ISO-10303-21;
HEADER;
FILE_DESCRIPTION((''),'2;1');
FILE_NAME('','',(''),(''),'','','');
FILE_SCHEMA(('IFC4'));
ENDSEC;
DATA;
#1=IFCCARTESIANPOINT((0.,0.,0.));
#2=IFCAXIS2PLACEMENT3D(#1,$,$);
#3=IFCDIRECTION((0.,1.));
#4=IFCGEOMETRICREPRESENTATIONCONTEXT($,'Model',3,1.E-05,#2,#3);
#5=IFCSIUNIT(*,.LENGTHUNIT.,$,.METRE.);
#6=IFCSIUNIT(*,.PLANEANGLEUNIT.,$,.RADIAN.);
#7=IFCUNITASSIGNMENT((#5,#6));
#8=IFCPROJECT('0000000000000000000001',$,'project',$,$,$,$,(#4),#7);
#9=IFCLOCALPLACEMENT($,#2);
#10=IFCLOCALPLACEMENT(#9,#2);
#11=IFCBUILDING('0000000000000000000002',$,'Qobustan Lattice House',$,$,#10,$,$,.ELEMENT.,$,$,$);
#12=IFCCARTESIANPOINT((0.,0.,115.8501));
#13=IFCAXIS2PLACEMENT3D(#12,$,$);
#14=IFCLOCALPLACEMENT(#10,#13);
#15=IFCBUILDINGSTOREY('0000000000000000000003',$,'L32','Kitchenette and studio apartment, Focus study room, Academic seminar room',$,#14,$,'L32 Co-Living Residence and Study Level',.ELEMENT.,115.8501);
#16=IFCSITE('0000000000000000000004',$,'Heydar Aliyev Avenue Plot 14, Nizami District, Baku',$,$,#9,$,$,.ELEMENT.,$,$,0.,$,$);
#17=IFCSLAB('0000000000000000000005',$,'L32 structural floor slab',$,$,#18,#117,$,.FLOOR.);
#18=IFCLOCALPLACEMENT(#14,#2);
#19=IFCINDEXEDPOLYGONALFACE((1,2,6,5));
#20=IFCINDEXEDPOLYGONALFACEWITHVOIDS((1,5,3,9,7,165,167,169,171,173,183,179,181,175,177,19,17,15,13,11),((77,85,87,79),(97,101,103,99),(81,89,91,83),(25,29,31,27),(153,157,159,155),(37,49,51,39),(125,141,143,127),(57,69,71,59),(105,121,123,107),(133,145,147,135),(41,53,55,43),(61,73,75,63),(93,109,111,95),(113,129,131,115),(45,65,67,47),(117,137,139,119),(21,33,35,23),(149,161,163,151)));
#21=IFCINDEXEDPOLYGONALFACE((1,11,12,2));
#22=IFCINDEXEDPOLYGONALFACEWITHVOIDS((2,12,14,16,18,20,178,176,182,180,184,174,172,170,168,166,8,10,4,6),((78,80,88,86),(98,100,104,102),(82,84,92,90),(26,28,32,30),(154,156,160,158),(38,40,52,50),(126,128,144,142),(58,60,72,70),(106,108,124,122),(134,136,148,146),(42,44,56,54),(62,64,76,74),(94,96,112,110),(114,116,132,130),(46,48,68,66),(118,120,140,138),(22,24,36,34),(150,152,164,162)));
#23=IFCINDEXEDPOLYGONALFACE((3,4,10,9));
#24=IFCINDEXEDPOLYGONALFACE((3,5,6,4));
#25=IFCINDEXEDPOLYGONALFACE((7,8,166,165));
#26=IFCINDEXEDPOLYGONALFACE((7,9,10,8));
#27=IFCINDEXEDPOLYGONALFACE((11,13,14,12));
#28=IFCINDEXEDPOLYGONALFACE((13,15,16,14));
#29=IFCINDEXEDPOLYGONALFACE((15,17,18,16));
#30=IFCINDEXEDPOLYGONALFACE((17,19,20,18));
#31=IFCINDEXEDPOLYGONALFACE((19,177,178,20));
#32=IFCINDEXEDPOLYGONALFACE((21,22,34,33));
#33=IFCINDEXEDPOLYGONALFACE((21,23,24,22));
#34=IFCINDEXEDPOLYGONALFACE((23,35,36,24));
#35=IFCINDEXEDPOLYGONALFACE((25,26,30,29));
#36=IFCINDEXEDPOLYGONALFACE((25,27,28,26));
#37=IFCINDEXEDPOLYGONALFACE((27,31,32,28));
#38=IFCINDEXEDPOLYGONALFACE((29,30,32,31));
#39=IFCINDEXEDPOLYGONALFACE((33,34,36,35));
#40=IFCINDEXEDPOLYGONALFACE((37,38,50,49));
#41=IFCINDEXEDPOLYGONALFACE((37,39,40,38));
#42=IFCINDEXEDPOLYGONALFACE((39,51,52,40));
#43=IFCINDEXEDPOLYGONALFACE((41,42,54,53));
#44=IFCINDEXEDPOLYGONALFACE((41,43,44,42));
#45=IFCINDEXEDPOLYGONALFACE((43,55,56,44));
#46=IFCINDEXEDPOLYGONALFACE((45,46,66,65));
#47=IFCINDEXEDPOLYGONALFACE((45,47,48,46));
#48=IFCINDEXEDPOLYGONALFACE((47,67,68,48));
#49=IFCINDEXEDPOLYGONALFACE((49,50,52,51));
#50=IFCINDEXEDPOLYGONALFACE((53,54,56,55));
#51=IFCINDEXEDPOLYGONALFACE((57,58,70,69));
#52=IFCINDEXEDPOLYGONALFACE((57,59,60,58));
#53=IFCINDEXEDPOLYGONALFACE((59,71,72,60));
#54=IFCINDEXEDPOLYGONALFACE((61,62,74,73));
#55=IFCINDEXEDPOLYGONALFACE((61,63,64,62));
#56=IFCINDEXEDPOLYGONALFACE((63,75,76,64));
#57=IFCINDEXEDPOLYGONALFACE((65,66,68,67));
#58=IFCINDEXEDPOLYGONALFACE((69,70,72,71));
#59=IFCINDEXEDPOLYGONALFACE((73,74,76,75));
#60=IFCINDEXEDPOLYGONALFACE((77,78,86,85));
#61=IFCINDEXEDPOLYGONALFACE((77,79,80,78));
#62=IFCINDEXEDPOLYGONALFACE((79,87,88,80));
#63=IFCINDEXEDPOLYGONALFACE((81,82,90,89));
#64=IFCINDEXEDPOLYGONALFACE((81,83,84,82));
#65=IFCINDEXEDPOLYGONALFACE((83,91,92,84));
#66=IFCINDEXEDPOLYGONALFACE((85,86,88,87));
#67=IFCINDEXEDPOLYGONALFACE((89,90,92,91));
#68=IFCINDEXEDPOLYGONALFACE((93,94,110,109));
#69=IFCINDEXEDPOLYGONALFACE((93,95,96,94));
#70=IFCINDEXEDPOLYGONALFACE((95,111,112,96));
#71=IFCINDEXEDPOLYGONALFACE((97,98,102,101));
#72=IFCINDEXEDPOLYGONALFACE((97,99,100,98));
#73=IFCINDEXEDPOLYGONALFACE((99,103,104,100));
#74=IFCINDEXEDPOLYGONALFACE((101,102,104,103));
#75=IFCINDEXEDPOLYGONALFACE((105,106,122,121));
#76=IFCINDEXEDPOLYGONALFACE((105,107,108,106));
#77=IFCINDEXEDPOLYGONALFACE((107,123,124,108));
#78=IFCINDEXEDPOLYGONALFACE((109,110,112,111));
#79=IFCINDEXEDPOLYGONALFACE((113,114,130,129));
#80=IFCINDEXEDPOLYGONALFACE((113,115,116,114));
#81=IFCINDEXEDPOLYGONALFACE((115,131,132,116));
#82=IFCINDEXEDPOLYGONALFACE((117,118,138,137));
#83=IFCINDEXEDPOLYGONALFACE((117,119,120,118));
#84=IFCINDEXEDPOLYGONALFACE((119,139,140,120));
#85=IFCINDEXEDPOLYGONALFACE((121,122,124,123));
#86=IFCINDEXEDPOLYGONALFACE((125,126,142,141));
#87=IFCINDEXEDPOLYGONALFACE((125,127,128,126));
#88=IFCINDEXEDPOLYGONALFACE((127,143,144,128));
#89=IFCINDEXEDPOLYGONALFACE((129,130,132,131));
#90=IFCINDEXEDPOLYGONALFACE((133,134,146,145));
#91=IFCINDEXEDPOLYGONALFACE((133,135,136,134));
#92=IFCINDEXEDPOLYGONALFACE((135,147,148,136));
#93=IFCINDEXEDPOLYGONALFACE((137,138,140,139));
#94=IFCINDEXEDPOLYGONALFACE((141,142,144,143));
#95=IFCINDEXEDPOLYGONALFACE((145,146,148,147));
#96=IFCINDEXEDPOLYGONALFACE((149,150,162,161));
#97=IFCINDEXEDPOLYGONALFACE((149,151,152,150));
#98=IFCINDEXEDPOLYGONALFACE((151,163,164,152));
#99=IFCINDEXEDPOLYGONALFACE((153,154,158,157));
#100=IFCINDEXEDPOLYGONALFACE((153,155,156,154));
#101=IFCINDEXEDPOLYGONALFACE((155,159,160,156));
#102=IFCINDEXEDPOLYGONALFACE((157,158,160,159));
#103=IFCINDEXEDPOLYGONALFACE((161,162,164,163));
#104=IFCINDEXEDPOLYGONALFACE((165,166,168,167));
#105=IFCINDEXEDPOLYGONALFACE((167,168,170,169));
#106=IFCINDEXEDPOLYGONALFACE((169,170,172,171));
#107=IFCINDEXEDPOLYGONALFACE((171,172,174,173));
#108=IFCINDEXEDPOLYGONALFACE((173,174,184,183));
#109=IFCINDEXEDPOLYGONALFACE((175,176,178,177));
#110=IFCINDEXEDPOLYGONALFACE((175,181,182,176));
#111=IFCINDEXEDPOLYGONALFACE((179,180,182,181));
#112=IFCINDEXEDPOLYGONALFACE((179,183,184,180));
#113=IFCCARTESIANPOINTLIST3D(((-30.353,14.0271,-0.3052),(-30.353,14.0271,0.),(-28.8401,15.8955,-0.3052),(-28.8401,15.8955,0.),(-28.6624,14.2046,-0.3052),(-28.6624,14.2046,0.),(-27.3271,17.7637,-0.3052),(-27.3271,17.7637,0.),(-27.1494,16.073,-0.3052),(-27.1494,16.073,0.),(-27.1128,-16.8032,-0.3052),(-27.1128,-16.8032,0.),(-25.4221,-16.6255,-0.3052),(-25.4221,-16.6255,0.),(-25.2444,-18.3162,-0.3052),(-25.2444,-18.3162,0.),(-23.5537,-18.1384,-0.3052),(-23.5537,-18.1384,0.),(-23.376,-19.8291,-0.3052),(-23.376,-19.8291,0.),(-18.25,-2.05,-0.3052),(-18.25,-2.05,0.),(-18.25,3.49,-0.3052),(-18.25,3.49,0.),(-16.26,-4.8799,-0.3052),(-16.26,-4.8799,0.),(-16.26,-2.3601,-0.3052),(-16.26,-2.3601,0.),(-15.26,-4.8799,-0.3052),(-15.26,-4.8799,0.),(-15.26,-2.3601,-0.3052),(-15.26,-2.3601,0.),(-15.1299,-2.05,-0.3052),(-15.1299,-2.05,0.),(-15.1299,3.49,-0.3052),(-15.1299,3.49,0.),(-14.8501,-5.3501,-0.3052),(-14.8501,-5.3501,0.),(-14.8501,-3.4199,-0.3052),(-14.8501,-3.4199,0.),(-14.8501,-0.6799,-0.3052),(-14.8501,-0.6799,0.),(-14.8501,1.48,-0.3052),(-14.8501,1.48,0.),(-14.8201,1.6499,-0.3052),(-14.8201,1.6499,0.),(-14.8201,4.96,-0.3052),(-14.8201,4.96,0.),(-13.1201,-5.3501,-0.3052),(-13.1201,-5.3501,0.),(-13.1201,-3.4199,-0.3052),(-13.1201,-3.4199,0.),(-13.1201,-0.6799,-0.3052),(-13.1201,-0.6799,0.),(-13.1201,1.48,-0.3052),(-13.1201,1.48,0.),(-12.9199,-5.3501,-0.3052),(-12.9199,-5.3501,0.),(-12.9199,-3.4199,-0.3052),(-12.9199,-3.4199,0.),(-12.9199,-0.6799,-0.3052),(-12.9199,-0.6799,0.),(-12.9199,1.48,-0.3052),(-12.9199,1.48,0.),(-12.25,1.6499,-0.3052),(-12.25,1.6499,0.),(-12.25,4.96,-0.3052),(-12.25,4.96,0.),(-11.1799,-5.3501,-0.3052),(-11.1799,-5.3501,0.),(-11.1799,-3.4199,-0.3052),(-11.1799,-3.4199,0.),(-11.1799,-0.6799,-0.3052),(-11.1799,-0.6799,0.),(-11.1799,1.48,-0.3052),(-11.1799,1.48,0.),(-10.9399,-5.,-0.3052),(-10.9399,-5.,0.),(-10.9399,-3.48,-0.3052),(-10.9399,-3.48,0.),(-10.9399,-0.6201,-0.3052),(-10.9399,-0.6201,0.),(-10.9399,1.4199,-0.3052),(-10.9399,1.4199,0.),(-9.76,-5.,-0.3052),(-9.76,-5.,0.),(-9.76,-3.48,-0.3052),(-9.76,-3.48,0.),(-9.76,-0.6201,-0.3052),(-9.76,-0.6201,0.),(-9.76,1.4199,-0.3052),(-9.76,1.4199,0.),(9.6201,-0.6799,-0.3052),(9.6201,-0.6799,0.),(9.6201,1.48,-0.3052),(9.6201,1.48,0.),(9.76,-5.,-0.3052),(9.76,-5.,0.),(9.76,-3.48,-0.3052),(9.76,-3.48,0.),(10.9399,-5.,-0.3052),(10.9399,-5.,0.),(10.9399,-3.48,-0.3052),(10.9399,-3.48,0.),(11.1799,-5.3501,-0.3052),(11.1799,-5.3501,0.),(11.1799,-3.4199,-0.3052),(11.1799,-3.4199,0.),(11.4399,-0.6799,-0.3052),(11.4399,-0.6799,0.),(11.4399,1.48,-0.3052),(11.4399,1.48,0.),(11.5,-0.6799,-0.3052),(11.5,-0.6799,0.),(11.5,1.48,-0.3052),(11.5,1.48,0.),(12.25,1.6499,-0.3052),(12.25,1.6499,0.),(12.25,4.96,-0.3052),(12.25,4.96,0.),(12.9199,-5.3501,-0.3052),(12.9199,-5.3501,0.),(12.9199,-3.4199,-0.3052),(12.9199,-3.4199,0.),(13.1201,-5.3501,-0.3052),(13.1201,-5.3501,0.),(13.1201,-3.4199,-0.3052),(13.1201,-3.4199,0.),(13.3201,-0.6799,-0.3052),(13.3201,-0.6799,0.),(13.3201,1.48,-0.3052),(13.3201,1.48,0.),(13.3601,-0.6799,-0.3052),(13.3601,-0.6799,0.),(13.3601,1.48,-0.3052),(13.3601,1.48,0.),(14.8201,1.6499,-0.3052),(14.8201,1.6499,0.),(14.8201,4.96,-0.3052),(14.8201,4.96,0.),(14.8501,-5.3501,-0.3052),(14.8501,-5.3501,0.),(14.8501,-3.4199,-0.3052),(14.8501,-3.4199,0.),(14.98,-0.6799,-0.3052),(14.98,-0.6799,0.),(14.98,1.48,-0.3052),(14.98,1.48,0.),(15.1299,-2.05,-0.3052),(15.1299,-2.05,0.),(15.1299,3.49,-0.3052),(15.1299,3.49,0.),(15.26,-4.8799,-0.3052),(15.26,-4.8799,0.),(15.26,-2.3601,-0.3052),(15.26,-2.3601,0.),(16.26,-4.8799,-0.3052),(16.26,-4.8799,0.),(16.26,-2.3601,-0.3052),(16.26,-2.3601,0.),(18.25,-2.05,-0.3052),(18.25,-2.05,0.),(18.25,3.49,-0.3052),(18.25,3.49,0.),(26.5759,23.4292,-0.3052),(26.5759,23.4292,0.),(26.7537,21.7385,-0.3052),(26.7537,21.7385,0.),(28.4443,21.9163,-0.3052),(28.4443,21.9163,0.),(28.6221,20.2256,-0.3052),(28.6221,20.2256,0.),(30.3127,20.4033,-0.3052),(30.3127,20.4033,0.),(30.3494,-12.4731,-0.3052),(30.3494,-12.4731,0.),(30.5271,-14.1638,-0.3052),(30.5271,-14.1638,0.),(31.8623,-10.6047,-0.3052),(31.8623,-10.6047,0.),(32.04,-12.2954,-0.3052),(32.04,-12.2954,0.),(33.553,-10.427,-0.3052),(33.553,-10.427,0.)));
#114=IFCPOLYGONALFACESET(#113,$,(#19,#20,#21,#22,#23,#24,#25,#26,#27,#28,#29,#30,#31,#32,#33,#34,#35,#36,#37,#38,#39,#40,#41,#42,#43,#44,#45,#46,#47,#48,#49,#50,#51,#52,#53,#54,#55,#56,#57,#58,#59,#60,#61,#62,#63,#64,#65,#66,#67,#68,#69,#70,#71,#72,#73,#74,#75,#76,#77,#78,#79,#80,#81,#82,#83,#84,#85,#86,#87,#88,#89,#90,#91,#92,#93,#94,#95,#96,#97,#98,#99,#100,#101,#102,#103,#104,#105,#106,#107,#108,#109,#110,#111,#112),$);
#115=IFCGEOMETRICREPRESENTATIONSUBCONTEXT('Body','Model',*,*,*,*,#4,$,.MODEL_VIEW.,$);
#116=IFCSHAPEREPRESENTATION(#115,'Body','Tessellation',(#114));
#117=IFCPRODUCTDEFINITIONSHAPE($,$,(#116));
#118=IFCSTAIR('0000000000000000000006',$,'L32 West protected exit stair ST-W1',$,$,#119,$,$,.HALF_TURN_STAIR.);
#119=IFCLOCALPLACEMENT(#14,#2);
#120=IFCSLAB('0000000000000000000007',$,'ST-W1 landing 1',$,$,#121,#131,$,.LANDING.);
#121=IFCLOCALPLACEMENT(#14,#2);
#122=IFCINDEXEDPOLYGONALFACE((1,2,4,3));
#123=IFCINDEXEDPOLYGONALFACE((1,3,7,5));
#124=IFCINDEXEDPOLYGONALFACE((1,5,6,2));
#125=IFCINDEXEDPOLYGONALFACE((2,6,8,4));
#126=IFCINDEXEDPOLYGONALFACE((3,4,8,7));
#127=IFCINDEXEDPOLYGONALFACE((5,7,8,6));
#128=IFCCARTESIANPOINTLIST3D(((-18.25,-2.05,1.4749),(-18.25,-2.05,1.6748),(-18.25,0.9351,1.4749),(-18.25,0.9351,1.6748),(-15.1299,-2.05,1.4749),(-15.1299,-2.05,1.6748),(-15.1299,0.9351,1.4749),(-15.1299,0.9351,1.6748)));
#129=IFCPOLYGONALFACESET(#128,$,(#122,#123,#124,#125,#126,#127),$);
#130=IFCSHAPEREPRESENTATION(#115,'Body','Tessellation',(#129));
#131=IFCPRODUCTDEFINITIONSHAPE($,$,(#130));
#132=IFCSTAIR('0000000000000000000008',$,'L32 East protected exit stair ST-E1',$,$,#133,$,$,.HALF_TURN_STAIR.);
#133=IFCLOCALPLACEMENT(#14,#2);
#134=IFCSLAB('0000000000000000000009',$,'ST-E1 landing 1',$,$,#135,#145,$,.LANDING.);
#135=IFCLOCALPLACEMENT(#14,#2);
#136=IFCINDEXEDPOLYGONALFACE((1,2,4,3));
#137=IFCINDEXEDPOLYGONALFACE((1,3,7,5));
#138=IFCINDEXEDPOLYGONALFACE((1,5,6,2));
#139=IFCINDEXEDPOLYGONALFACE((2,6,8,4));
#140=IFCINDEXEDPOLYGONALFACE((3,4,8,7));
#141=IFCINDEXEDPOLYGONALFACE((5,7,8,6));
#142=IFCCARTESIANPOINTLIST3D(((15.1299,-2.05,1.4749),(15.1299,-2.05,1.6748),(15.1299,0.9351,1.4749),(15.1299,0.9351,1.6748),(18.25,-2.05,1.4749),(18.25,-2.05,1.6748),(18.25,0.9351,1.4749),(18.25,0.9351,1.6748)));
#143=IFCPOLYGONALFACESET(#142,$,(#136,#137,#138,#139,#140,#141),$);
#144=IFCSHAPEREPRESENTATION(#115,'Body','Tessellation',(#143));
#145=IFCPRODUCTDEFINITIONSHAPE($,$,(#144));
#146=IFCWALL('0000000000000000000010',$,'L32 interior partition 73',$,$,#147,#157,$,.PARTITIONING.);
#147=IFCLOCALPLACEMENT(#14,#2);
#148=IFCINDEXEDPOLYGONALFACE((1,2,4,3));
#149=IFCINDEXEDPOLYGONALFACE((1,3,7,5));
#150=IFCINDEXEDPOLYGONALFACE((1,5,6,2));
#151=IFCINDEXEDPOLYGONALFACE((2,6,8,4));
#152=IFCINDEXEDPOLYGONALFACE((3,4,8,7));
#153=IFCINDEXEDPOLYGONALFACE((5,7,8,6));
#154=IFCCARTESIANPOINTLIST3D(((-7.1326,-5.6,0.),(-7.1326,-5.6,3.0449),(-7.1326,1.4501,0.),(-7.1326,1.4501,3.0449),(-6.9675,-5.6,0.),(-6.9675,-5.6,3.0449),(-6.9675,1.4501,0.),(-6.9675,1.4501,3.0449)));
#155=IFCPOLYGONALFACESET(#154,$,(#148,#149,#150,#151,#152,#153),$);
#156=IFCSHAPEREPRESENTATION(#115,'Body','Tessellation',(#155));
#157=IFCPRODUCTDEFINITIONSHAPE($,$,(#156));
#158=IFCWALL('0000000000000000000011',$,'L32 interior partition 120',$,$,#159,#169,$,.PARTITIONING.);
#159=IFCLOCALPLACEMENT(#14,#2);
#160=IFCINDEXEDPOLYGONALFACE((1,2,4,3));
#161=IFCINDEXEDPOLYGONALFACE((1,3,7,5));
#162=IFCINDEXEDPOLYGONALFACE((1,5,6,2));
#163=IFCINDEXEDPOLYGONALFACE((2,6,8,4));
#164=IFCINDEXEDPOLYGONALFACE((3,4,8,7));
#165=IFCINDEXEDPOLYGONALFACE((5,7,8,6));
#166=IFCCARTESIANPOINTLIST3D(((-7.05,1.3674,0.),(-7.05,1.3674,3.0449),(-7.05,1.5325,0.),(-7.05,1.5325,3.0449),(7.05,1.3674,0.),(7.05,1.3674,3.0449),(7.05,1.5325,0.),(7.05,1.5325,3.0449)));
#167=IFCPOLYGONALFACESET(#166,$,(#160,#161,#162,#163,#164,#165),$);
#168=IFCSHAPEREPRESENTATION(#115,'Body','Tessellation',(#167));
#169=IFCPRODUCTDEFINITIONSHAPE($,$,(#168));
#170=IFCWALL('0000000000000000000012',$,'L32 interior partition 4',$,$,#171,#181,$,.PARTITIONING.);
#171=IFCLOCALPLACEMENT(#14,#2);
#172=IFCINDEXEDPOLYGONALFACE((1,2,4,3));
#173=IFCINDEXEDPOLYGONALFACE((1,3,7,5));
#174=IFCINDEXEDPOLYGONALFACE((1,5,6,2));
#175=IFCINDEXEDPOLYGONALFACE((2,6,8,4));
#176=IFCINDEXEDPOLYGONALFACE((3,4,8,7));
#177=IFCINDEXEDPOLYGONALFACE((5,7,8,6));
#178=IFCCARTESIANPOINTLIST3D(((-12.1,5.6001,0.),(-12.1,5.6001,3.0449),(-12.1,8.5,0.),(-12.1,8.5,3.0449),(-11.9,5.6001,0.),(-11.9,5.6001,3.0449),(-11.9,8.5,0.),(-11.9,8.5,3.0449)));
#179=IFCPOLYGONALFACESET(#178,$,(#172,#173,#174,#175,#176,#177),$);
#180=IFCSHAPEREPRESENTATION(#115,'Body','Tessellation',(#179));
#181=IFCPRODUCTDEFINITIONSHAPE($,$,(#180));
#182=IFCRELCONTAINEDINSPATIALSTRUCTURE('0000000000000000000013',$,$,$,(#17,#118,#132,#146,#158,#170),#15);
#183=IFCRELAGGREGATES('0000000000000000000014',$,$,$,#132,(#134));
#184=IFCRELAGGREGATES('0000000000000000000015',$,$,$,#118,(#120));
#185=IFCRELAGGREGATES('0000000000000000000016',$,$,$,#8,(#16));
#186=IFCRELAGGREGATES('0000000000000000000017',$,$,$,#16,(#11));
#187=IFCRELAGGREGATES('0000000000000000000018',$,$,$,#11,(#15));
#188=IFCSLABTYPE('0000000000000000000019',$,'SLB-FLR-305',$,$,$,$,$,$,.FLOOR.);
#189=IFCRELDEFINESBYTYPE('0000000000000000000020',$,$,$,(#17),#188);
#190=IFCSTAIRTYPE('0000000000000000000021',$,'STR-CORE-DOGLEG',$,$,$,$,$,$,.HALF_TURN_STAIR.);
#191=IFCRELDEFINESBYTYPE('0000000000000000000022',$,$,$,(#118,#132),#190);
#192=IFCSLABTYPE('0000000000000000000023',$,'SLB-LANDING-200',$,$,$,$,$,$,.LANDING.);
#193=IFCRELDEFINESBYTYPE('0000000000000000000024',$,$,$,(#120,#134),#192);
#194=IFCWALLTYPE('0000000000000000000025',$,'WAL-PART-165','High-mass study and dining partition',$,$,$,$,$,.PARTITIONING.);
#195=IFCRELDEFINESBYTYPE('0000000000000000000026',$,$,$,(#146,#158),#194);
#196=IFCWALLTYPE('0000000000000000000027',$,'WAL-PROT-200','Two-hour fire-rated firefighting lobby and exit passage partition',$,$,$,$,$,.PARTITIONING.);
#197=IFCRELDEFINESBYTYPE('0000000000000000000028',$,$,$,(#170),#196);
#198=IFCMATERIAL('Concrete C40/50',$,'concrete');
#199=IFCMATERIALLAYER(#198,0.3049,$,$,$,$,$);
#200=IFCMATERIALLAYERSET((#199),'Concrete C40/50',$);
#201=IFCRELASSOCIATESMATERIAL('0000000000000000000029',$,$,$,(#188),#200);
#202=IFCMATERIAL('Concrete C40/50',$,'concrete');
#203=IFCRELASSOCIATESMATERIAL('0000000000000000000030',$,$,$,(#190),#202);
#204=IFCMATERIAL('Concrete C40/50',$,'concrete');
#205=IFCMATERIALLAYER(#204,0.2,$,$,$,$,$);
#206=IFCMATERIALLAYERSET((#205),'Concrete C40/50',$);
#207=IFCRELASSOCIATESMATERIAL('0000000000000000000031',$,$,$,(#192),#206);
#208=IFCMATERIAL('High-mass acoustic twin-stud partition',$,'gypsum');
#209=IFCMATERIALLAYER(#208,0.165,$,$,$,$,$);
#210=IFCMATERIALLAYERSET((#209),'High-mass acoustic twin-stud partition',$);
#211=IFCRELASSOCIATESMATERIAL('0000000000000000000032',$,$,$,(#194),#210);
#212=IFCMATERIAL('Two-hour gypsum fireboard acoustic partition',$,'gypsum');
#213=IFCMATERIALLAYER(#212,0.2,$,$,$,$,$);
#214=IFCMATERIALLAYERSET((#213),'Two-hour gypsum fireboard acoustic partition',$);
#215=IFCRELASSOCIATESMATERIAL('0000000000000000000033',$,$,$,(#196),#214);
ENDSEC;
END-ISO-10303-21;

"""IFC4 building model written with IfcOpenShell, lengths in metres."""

from ifc_helpers import new_model, si_unit, direction, frame, frame_2d, origin, place, context, subcontext, project, spatial, polyline, rectangle, outline, extrude, material, layer, layer_set, type_object, element, aggregate, save


model = new_model("IFC4")

# Units and contexts
model_context = context("Model", 3, precision=1e-05, world=origin(), true_north=direction((0.0, 1.0)))
body_context = subcontext(model_context, "Body", "Model", "MODEL_VIEW")
ifc_project = project(units=[si_unit("LENGTHUNIT", "METRE"), si_unit("PLANEANGLEUNIT", "RADIAN")], contexts=[model_context])

# Site, building, storey
site_placement = place(None, origin())
site = spatial("IfcSite", under=ifc_project, at=site_placement, Name="Heydar Aliyev Avenue Plot 14, Nizami District, Baku", CompositionType="ELEMENT", RefElevation=0.0)
building_placement = place(site_placement, origin())
building = spatial("IfcBuilding", under=site, at=building_placement, Name="Qobustan Lattice House", CompositionType="ELEMENT")
storey_placement = place(building_placement, frame((0.0, 0.0, 115.8501)))
storey = spatial("IfcBuildingStorey", under=building, at=storey_placement, Name="L32", Description="Kitchenette and studio apartment, Focus study room, Academic seminar room", LongName="L32 Co-Living Residence and Study Level", CompositionType="ELEMENT", Elevation=115.8501)

# Slab
ifc_material_1 = material(Name="Concrete C40/50", Category="concrete")
ifc_layer_1 = layer(ifc_material_1, 0.3049)
ifc_layer_set_1 = layer_set([ifc_layer_1], Name="Concrete C40/50")
slab_type_1 = type_object("IfcSlabType", Name="SLB-FLR-305", PredefinedType="FLOOR", material=ifc_layer_set_1)
slab_1_placement = place(storey_placement, frame((0.0, 0.0, -0.3052)))
element("IfcSlab", 1, at=slab_1_placement, inside=storey, type_object=slab_type_1, Name="L32 structural floor slab", PredefinedType="FLOOR", context=body_context, shape_type="SweptSolid", body=[
    extrude(outline(polyline([(-23.376, -19.8291), (30.5271, -14.1638), (30.3494, -12.4731), (32.04, -12.2954), (31.8623, -10.6047), (33.553, -10.427), (30.3127, 20.4033), (28.6221, 20.2256), (28.4443, 21.9163), (26.7537, 21.7385), (26.5759, 23.4292), (-27.3271, 17.7637), (-27.1494, 16.073), (-28.8401, 15.8955), (-28.6624, 14.2046), (-30.353, 14.0271), (-27.1128, -16.8032), (-25.4221, -16.6255), (-25.2444, -18.3162), (-23.5537, -18.1384), (-23.376, -19.8291)]), holes=[polyline([(-18.25, -2.05), (-18.25, 3.49), (-15.1299, 3.49), (-15.1299, -2.05), (-18.25, -2.05)]), polyline([(15.1299, -2.05), (15.1299, 3.49), (18.25, 3.49), (18.25, -2.05), (15.1299, -2.05)]), polyline([(-14.8201, 1.6499), (-14.8201, 4.96), (-12.25, 4.96), (-12.25, 1.6499), (-14.8201, 1.6499)]), polyline([(12.25, 1.6499), (12.25, 4.96), (14.8201, 4.96), (14.8201, 1.6499), (12.25, 1.6499)]), polyline([(-16.26, -4.8799), (-16.26, -2.3601), (-15.26, -2.3601), (-15.26, -4.8799), (-16.26, -4.8799)]), polyline([(15.26, -4.8799), (15.26, -2.3601), (16.26, -2.3601), (16.26, -4.8799), (15.26, -4.8799)]), polyline([(-14.8501, -5.3501), (-14.8501, -3.4199), (-13.1201, -3.4199), (-13.1201, -5.3501), (-14.8501, -5.3501)]), polyline([(-12.9199, -5.3501), (-12.9199, -3.4199), (-11.1799, -3.4199), (-11.1799, -5.3501), (-12.9199, -5.3501)]), polyline([(-14.8501, -0.6799), (-14.8501, 1.48), (-13.1201, 1.48), (-13.1201, -0.6799), (-14.8501, -0.6799)]), polyline([(-12.9199, -0.6799), (-12.9199, 1.48), (-11.1799, 1.48), (-11.1799, -0.6799), (-12.9199, -0.6799)]), polyline([(-10.9399, -5.0), (-10.9399, -3.48), (-9.76, -3.48), (-9.76, -5.0), (-10.9399, -5.0)]), polyline([(-10.9399, -0.6201), (-10.9399, 1.4199), (-9.76, 1.4199), (-9.76, -0.6201), (-10.9399, -0.6201)]), polyline([(11.1799, -5.3501), (11.1799, -3.4199), (12.9199, -3.4199), (12.9199, -5.3501), (11.1799, -5.3501)]), polyline([(13.1201, -5.3501), (13.1201, -3.4199), (14.8501, -3.4199), (14.8501, -5.3501), (13.1201, -5.3501)]), polyline([(9.76, -5.0), (9.76, -3.48), (10.9399, -3.48), (10.9399, -5.0), (9.76, -5.0)]), polyline([(13.3601, -0.6799), (13.3601, 1.48), (14.98, 1.48), (14.98, -0.6799), (13.3601, -0.6799)]), polyline([(9.6201, -0.6799), (9.6201, 1.48), (11.4399, 1.48), (11.4399, -0.6799), (9.6201, -0.6799)]), polyline([(11.5, -0.6799), (11.5, 1.48), (13.3201, 1.48), (13.3201, -0.6799), (11.5, -0.6799)])]), origin(), (0.0, 0.0, 1.0), 0.3052),
])

# Stairs, slabs
ifc_material_2 = material(Name="Concrete C40/50", Category="concrete")
stair_type = type_object("IfcStairType", Name="STR-CORE-DOGLEG", PredefinedType="HALF_TURN_STAIR", material=ifc_material_2)
stair_1_placement = place(storey_placement, origin())
stair_1 = element("IfcStair", 2, at=stair_1_placement, inside=storey, type_object=stair_type, Name="L32 West protected exit stair ST-W1", PredefinedType="HALF_TURN_STAIR")
ifc_material_3 = material(Name="Concrete C40/50", Category="concrete")
ifc_layer_2 = layer(ifc_material_3, 0.2)
ifc_layer_set_2 = layer_set([ifc_layer_2], Name="Concrete C40/50")
slab_type_2 = type_object("IfcSlabType", Name="SLB-LANDING-200", PredefinedType="LANDING", material=ifc_layer_set_2)
slab_2_placement = place(storey_placement, frame((0.0, 0.0, 1.4749)))
slab_2 = element("IfcSlab", 3, at=slab_2_placement, type_object=slab_type_2, Name="ST-W1 landing 1", PredefinedType="LANDING", context=body_context, shape_type="SweptSolid", body=[
    extrude(outline(polyline([(-18.25, 0.9351), (-18.25, -2.05), (-15.1299, -2.05), (-15.1299, 0.9351), (-18.25, 0.9351)])), origin(), (0.0, 0.0, 1.0), 0.2),
])
stair_2_placement = place(storey_placement, origin())
stair_2 = element("IfcStair", 4, at=stair_2_placement, inside=storey, type_object=stair_type, Name="L32 East protected exit stair ST-E1", PredefinedType="HALF_TURN_STAIR")
slab_3_placement = place(storey_placement, frame((0.0, 0.0, 1.4749)))
slab_3 = element("IfcSlab", 5, at=slab_3_placement, type_object=slab_type_2, Name="ST-E1 landing 1", PredefinedType="LANDING", context=body_context, shape_type="SweptSolid", body=[
    extrude(outline(polyline([(15.1299, 0.9351), (15.1299, -2.05), (18.25, -2.05), (18.25, 0.9351), (15.1299, 0.9351)])), origin(), (0.0, 0.0, 1.0), 0.2),
])
aggregate(stair_2, [slab_3])

# Walls
ifc_material_4 = material(Name="High-mass acoustic twin-stud partition", Category="gypsum")
ifc_layer_3 = layer(ifc_material_4, 0.165)
ifc_layer_set_3 = layer_set([ifc_layer_3], Name="High-mass acoustic twin-stud partition")
wall_type_1 = type_object("IfcWallType", Name="WAL-PART-165", Description="High-mass study and dining partition", PredefinedType="PARTITIONING", material=ifc_layer_set_3)
wall_1_placement = place(storey_placement, frame((-7.05, 1.45, 0.0), z_axis=(0.0, 0.0, 1.0), x_axis=(0.0, -1.0, 0.0)))
element("IfcWall", 6, at=wall_1_placement, inside=storey, type_object=wall_type_1, Name="L32 interior partition 73", PredefinedType="PARTITIONING", context=body_context, shape_type="SweptSolid", body=[
    extrude(rectangle(XDim=7.05, YDim=0.165, at=frame_2d((3.5249, 0.0))), origin(), (0.0, 0.0, 1.0), 3.0449),
])
wall_2_placement = place(storey_placement, frame((-7.05, 1.45, 0.0), z_axis=(0.0, 0.0, 1.0), x_axis=(1.0, 0.0, 0.0)))
element("IfcWall", 7, at=wall_2_placement, inside=storey, type_object=wall_type_1, Name="L32 interior partition 120", PredefinedType="PARTITIONING", context=body_context, shape_type="SweptSolid", body=[
    extrude(rectangle(XDim=14.1001, YDim=0.165, at=frame_2d((7.05, 0.0))), origin(), (0.0, 0.0, 1.0), 3.0449),
])

# Shared definitions
ifc_material_5 = material(Name="Two-hour gypsum fireboard acoustic partition", Category="gypsum")
ifc_layer_4 = layer(ifc_material_5, 0.2)
ifc_layer_set_4 = layer_set([ifc_layer_4], Name="Two-hour gypsum fireboard acoustic partition")
wall_type_2 = type_object("IfcWallType", Name="WAL-PROT-200", Description="Two-hour fire-rated firefighting lobby and exit passage partition", PredefinedType="PARTITIONING", material=ifc_layer_set_4)

# Wall
wall_3_placement = place(storey_placement, frame((-12.0, 5.6001, 0.0), z_axis=(0.0, 0.0, 1.0), x_axis=(0.0, 1.0, 0.0)))
element("IfcWall", 8, at=wall_3_placement, inside=storey, type_object=wall_type_2, Name="L32 interior partition 4", PredefinedType="PARTITIONING", context=body_context, shape_type="SweptSolid", body=[
    extrude(rectangle(XDim=2.8999, YDim=0.2, at=frame_2d((1.45, 0.0))), origin(), (0.0, 0.0, 1.0), 3.0449),
])

aggregate(stair_1, [slab_2])

save(model, "model.ifc")
